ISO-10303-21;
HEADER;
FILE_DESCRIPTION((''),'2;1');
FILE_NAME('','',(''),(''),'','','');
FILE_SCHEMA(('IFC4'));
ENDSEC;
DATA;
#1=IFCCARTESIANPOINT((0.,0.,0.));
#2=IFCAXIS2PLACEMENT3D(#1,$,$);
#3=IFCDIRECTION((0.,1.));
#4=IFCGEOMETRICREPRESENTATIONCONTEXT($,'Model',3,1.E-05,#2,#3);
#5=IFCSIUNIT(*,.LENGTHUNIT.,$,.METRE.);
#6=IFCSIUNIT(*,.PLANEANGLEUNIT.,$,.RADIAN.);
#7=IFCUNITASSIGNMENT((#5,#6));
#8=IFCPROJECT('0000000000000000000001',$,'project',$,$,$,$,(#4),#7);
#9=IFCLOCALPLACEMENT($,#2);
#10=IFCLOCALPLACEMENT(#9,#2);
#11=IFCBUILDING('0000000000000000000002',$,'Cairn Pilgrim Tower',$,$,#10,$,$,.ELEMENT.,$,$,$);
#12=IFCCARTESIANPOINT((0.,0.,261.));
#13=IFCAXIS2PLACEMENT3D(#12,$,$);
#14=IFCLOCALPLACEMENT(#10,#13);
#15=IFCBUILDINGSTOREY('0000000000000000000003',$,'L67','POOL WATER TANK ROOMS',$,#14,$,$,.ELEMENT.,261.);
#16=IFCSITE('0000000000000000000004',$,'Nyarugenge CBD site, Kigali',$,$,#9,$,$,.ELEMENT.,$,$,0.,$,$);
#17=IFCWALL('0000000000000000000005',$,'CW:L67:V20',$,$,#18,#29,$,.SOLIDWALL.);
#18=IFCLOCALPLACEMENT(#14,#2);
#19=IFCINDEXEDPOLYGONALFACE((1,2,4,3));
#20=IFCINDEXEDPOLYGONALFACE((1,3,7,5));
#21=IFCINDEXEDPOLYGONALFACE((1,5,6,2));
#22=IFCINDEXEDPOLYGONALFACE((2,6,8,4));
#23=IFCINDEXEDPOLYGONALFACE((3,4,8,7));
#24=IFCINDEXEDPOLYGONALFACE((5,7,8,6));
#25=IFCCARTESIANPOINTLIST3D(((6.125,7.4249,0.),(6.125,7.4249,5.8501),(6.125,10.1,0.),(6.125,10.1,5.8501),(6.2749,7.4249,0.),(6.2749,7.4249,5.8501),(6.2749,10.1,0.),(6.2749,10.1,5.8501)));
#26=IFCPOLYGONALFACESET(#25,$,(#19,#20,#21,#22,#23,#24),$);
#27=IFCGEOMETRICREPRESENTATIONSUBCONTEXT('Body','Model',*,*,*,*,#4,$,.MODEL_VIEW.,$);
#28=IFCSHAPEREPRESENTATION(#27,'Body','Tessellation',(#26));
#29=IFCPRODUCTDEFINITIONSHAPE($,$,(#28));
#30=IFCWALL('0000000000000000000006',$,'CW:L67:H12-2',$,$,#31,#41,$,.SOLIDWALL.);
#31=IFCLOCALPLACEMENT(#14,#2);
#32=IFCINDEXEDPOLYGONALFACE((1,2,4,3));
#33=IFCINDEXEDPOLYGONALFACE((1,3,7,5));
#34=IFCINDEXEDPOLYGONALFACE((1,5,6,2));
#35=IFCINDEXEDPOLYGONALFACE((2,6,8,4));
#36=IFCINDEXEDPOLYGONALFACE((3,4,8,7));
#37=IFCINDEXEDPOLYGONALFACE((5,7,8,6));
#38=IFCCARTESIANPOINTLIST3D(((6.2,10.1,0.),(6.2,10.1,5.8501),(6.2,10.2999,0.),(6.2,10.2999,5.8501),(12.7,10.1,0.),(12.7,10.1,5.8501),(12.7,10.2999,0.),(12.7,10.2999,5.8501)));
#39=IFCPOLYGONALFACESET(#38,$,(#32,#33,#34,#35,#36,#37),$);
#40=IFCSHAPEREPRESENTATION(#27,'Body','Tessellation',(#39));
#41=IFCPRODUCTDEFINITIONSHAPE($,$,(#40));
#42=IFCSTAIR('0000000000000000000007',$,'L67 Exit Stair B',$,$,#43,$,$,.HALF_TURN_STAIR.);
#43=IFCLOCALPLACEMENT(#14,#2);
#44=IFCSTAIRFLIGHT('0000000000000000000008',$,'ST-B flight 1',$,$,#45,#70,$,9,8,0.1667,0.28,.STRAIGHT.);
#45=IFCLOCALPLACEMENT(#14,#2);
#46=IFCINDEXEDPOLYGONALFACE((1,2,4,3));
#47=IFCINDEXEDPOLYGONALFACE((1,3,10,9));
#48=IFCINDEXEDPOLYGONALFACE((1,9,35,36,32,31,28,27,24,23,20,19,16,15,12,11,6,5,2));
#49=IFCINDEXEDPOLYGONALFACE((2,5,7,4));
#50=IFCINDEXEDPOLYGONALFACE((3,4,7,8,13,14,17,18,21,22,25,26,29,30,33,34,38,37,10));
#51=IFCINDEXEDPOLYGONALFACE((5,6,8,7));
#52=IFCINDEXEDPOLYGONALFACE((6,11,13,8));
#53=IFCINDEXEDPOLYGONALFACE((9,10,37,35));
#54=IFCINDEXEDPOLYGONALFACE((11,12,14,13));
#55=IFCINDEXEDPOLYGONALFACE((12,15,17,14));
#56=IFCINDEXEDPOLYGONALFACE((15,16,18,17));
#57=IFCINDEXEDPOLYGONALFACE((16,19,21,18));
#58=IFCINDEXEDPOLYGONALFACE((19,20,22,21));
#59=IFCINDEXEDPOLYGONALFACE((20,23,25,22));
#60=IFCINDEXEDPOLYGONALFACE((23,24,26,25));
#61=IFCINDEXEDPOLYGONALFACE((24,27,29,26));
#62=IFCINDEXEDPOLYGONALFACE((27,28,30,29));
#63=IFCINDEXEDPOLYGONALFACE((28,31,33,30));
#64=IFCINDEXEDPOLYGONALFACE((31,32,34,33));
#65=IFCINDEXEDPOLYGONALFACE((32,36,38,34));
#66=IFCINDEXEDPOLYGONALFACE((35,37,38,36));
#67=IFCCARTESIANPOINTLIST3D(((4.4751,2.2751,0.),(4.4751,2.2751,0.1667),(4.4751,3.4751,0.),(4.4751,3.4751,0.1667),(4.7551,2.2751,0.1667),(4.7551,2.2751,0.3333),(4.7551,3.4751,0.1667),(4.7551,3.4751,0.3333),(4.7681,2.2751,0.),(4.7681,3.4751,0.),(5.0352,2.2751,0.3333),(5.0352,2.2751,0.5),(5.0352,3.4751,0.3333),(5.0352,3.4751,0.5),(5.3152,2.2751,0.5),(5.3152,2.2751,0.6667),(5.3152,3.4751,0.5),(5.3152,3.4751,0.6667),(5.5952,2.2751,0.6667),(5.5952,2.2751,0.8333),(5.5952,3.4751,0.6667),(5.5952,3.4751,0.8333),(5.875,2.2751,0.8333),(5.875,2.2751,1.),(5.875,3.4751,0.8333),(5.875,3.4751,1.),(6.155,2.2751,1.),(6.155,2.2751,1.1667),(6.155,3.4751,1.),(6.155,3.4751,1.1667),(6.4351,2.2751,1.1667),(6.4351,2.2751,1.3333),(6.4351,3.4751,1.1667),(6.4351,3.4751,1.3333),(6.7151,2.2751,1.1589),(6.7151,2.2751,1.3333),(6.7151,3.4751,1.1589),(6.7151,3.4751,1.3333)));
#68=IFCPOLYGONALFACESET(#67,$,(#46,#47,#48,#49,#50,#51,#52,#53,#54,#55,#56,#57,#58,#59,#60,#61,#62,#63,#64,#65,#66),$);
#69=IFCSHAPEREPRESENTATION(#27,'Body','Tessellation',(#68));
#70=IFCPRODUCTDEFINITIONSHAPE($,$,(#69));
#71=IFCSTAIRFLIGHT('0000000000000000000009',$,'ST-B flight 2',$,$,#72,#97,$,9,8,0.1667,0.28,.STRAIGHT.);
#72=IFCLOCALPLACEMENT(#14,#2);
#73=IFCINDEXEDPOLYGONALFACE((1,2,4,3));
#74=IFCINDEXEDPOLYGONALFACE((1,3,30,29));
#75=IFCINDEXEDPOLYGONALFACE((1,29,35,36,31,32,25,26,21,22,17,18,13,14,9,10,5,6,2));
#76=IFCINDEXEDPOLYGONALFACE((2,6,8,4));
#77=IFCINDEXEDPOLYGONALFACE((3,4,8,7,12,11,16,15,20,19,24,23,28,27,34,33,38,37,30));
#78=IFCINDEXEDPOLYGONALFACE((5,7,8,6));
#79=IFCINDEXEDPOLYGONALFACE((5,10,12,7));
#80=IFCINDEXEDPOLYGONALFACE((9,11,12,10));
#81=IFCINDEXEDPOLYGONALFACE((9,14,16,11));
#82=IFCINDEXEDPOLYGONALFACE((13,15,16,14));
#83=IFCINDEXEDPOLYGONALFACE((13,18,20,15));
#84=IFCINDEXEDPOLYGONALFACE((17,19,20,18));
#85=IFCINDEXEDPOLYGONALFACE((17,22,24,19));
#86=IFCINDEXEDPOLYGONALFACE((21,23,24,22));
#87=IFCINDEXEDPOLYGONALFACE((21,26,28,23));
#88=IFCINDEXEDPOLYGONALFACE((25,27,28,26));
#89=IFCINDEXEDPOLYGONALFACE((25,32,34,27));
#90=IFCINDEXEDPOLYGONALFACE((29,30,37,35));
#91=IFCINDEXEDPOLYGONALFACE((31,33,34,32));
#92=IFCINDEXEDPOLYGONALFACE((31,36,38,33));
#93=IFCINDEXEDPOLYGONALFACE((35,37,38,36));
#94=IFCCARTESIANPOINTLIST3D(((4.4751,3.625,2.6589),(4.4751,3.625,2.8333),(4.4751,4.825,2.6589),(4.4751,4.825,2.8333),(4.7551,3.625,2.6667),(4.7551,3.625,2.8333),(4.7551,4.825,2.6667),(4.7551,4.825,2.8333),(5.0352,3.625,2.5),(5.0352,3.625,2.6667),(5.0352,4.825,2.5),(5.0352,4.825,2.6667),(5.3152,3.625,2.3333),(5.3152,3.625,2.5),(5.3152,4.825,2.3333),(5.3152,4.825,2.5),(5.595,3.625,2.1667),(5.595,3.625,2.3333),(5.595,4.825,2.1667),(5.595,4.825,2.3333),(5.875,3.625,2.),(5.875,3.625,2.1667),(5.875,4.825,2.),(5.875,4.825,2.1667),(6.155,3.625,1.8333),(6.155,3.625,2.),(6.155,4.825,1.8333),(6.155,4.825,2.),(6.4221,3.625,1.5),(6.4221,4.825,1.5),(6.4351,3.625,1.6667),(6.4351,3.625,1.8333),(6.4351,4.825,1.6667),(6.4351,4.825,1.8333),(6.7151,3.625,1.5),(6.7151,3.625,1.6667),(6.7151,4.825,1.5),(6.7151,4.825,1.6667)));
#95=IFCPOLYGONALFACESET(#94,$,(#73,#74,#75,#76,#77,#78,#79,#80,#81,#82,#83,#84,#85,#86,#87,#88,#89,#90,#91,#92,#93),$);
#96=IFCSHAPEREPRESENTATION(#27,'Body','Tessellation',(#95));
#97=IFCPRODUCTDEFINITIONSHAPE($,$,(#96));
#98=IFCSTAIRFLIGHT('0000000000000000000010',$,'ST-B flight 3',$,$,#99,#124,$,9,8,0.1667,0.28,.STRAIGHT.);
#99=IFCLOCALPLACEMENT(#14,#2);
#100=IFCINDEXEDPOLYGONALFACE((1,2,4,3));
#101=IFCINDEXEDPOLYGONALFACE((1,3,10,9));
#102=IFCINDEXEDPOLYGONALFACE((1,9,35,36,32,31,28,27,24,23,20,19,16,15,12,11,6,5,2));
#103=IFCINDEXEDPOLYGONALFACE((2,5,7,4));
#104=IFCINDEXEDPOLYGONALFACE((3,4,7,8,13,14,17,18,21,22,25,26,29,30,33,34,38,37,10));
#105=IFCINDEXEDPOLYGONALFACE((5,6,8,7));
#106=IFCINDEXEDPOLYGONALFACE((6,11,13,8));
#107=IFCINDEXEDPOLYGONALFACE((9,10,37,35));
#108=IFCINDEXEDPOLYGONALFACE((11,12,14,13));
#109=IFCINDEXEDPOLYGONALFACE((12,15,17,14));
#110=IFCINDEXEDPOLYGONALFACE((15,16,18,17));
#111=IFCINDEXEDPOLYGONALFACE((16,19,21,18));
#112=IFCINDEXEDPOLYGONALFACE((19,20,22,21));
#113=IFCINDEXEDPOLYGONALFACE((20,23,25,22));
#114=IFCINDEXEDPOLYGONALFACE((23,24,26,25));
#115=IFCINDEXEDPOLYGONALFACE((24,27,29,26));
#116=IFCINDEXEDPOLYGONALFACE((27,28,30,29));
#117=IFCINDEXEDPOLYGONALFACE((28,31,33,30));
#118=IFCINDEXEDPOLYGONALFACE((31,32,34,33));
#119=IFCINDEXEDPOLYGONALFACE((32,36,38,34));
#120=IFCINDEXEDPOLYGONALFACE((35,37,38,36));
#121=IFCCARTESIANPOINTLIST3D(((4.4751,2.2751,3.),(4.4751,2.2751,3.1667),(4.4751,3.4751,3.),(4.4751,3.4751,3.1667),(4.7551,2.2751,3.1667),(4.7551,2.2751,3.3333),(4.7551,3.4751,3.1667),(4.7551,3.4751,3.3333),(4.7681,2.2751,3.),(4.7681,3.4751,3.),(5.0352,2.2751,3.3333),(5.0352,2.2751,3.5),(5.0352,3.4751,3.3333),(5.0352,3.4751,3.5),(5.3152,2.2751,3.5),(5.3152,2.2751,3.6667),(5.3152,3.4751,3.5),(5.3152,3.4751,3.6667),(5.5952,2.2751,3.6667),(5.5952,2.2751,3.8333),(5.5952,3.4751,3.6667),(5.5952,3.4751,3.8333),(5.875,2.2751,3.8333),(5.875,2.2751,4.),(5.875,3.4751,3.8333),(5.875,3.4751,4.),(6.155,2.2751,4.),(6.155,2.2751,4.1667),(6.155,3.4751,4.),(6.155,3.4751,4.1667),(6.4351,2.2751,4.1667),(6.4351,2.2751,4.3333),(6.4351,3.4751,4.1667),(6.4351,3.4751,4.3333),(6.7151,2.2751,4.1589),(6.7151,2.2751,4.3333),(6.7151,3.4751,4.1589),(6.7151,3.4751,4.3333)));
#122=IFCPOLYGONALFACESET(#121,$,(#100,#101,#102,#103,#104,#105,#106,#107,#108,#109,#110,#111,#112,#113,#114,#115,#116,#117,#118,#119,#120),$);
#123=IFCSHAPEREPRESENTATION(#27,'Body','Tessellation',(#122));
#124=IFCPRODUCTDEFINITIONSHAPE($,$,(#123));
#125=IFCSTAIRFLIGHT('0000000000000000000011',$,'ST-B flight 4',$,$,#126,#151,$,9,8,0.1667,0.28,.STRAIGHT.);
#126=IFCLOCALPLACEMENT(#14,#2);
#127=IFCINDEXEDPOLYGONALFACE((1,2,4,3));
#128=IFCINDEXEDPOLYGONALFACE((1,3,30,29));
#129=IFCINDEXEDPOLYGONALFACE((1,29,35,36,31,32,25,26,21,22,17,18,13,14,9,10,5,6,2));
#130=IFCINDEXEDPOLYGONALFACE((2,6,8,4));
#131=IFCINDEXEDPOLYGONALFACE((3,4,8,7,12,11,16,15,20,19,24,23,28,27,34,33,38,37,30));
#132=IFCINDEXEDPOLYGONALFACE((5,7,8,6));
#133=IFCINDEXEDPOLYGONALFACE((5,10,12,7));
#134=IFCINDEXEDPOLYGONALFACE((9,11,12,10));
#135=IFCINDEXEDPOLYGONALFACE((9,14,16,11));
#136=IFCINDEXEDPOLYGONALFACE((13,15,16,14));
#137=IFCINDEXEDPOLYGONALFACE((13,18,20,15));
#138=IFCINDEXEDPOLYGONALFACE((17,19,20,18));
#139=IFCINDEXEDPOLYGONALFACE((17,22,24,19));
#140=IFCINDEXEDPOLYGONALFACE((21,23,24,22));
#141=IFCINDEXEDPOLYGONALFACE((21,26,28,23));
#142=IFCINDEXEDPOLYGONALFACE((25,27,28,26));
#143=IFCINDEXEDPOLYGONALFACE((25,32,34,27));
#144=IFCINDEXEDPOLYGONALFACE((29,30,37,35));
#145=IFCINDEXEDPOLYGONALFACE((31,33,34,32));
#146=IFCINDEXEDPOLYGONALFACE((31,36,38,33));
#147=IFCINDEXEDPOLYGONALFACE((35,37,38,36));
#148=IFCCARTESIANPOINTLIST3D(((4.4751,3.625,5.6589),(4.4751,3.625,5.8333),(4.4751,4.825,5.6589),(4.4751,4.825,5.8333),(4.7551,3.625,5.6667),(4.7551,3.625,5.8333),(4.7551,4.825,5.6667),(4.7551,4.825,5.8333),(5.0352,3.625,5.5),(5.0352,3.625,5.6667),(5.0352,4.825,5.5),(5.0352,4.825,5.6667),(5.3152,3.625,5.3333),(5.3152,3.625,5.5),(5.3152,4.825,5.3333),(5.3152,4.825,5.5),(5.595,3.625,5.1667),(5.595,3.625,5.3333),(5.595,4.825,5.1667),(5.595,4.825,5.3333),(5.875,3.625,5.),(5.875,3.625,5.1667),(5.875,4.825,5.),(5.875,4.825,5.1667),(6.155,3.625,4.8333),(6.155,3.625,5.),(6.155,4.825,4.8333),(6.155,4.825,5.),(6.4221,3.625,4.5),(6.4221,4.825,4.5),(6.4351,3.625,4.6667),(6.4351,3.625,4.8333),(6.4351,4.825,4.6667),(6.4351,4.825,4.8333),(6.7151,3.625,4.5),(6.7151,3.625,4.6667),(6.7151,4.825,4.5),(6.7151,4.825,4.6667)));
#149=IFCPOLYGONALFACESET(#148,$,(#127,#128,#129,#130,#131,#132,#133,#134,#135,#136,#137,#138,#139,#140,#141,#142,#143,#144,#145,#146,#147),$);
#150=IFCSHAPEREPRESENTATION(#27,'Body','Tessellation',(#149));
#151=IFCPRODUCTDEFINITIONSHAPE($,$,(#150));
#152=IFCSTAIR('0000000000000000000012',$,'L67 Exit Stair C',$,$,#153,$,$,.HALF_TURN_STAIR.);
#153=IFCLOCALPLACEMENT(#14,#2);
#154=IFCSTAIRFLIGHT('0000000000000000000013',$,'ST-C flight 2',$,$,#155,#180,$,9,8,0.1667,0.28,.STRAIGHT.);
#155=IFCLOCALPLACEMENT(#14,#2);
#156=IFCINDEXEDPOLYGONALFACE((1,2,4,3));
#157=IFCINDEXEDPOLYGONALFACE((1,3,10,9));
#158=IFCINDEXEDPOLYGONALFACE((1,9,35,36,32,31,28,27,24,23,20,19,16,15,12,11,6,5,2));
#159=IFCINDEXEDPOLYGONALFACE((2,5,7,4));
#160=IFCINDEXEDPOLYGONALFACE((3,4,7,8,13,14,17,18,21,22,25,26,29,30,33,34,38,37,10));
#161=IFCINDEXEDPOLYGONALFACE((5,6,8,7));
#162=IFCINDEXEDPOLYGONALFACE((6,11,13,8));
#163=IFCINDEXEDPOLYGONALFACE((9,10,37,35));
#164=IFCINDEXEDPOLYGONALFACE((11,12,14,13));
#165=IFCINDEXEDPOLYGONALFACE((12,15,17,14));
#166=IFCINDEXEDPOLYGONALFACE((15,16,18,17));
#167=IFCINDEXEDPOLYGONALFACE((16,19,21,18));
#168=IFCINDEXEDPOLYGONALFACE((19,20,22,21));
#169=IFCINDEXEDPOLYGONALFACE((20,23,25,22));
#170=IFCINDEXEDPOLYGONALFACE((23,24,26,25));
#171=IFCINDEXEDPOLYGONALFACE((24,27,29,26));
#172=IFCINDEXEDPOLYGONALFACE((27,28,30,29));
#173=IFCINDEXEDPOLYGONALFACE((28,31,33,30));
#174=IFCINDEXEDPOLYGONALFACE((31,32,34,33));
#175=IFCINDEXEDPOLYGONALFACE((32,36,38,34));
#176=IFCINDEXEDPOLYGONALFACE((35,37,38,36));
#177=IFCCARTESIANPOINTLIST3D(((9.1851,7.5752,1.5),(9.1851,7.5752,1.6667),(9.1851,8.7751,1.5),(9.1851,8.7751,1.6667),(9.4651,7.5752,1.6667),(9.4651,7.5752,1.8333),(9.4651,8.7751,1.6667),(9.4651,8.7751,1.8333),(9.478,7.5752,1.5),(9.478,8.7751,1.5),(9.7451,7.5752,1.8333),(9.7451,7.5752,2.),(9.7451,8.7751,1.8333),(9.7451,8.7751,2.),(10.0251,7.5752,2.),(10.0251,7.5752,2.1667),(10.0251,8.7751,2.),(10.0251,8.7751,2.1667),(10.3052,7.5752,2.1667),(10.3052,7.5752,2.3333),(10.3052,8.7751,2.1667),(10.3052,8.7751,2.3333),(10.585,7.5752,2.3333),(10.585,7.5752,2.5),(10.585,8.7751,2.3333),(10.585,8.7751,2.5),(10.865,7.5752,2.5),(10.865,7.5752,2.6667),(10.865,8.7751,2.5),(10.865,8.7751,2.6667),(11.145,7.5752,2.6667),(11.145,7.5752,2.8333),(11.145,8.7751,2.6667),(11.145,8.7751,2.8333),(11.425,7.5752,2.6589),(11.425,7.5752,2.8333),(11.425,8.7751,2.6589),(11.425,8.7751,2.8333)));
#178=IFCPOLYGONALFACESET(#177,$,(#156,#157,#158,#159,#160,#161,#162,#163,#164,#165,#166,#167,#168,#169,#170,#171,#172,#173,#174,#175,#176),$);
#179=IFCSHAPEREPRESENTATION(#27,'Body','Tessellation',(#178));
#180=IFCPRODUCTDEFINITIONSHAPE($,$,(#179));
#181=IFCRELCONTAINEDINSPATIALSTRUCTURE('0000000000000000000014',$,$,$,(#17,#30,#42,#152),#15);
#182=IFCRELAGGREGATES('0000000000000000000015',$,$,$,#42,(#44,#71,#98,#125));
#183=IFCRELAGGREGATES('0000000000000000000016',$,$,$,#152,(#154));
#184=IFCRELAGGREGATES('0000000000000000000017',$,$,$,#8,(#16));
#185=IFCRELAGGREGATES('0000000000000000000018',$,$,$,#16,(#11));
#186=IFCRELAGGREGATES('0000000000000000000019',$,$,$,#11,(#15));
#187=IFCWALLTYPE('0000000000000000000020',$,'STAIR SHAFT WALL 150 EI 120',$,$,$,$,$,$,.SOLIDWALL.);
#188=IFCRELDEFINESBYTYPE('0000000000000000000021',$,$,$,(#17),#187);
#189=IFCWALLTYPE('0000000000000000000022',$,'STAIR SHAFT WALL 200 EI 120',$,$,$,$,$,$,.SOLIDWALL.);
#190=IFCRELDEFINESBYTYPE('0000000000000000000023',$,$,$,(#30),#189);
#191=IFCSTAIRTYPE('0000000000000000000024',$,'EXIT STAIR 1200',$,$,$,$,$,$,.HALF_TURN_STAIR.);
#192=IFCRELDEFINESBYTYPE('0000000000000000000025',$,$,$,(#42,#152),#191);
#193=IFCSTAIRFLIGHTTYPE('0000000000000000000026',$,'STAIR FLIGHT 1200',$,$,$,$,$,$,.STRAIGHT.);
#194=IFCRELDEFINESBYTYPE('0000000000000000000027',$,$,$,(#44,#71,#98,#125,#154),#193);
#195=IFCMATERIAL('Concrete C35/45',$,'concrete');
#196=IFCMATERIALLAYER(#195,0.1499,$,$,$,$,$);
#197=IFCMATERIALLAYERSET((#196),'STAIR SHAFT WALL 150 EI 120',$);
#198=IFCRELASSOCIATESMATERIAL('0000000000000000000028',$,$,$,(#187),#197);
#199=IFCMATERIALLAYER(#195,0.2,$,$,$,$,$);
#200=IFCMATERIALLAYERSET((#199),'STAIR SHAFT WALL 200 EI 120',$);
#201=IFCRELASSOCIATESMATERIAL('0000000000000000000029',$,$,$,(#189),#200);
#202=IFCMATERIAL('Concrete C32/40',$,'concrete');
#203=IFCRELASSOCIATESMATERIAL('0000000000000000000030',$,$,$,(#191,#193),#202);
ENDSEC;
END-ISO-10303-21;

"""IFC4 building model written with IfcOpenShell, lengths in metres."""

from ifc_helpers import new_model, si_unit, direction, frame, frame_2d, origin, place, context, subcontext, project, spatial, polyline, rectangle, outline, extrude, material, layer, layer_set, type_object, element, aggregate, save


model = new_model("IFC4")

# Units and contexts
model_context = context("Model", 3, precision=1e-05, world=origin(), true_north=direction((0.0, 1.0)))
body_context = subcontext(model_context, "Body", "Model", "MODEL_VIEW")
ifc_project = project(units=[si_unit("LENGTHUNIT", "METRE"), si_unit("PLANEANGLEUNIT", "RADIAN")], contexts=[model_context])

# Site, building, storey
site_placement = place(None, origin())
site = spatial("IfcSite", under=ifc_project, at=site_placement, Name="Nyarugenge CBD site, Kigali", CompositionType="ELEMENT", RefElevation=0.0)
building_placement = place(site_placement, origin())
building = spatial("IfcBuilding", under=site, at=building_placement, Name="Cairn Pilgrim Tower", CompositionType="ELEMENT")
storey_placement = place(building_placement, frame((0.0, 0.0, 261.0)))
storey = spatial("IfcBuildingStorey", under=building, at=storey_placement, Name="L67", Description="POOL WATER TANK ROOMS", CompositionType="ELEMENT", Elevation=261.0)

# Shared definitions
ifc_material_1 = material(Name="Concrete C35/45", Category="concrete")
ifc_layer_1 = layer(ifc_material_1, 0.1499)
ifc_layer_set_1 = layer_set([ifc_layer_1], Name="STAIR SHAFT WALL 150 EI 120")
wall_type_1 = type_object("IfcWallType", Name="STAIR SHAFT WALL 150 EI 120", PredefinedType="SOLIDWALL", material=ifc_layer_set_1)

# Walls
wall_1_placement = place(storey_placement, frame((6.2, 7.425, 0.0), z_axis=(0.0, 0.0, 1.0), x_axis=(0.0, 1.0, 0.0)))
element("IfcWall", 1, at=wall_1_placement, inside=storey, type_object=wall_type_1, Name="CW:L67:V20", PredefinedType="SOLIDWALL", context=body_context, shape_type="SweptSolid", body=[
    extrude(rectangle(XDim=2.675, YDim=0.1499, at=frame_2d((1.3374, 0.0))), origin(), (0.0, 0.0, 1.0), 5.8501),
])
ifc_layer_2 = layer(ifc_material_1, 0.2)
ifc_layer_set_2 = layer_set([ifc_layer_2], Name="STAIR SHAFT WALL 200 EI 120")
wall_type_2 = type_object("IfcWallType", Name="STAIR SHAFT WALL 200 EI 120", PredefinedType="SOLIDWALL", material=ifc_layer_set_2)
wall_2_placement = place(storey_placement, frame((6.2, 10.2, 0.0), z_axis=(0.0, 0.0, 1.0), x_axis=(1.0, 0.0, 0.0)))
element("IfcWall", 2, at=wall_2_placement, inside=storey, type_object=wall_type_2, Name="CW:L67:H12-2", PredefinedType="SOLIDWALL", context=body_context, shape_type="SweptSolid", body=[
    extrude(rectangle(XDim=6.5, YDim=0.2, at=frame_2d((3.25, 0.0))), origin(), (0.0, 0.0, 1.0), 5.8501),
])

# Stair, stair flights
ifc_material_2 = material(Name="Concrete C32/40", Category="concrete")
stair_type = type_object("IfcStairType", Name="EXIT STAIR 1200", PredefinedType="HALF_TURN_STAIR", material=ifc_material_2)
stair_1_placement = place(storey_placement, origin())
stair_1 = element("IfcStair", 3, at=stair_1_placement, inside=storey, type_object=stair_type, Name="L67 Exit Stair B", PredefinedType="HALF_TURN_STAIR")
stair_flight_type = type_object("IfcStairFlightType", Name="STAIR FLIGHT 1200", PredefinedType="STRAIGHT", material=ifc_material_2)
stair_flight_1_placement = place(storey_placement, frame((4.4751, 2.875, 0.0), z_axis=(0.0, 0.0, 1.0), x_axis=(1.0, 0.0, 0.0)))
stair_flight_1 = element("IfcStairFlight", 4, at=stair_flight_1_placement, type_object=stair_flight_type, Name="ST-B flight 1", NumberOfRisers=9, NumberOfTreads=8, PredefinedType="STRAIGHT", RiserHeight=0.1667, TreadLength=0.28, context=body_context, shape_type="SweptSolid", body=[
    extrude(outline(polyline([(0.0, 0.0), (0.0, 0.1667), (0.28, 0.1667), (0.28, 0.3333), (0.5601, 0.3333), (0.5601, 0.5), (0.8401, 0.5), (0.8401, 0.6667), (1.1201, 0.6667), (1.1201, 0.8333), (1.3999, 0.8333), (1.3999, 1.0), (1.6799, 1.0), (1.6799, 1.1667), (1.96, 1.1667), (1.96, 1.3333), (2.24, 1.3333), (2.24, 1.5), (2.24, 1.1589), (0.293, 0.0), (0.0, 0.0)])), frame((0.0, 0.6001, 0.0), z_axis=(0.0, -1.0, 0.0), x_axis=(1.0, 0.0, 0.0)), (0.0, 0.0, 1.0), 1.2),
])
stair_flight_2_placement = place(storey_placement, frame((6.7151, 4.2251, 1.5), z_axis=(0.0, 0.0, 1.0), x_axis=(-1.0, 0.0, 0.0)))
stair_flight_2 = element("IfcStairFlight", 5, at=stair_flight_2_placement, type_object=stair_flight_type, Name="ST-B flight 2", NumberOfRisers=9, NumberOfTreads=8, PredefinedType="STRAIGHT", RiserHeight=0.1667, TreadLength=0.28, context=body_context, shape_type="SweptSolid", body=[
    extrude(outline(polyline([(0.0, 0.0), (0.0, 0.1667), (0.28, 0.1667), (0.28, 0.3333), (0.5601, 0.3333), (0.5601, 0.5), (0.8401, 0.5), (0.8401, 0.6667), (1.1201, 0.6667), (1.1201, 0.8333), (1.3999, 0.8333), (1.3999, 1.0), (1.6799, 1.0), (1.6799, 1.1667), (1.96, 1.1667), (1.96, 1.3333), (2.24, 1.3333), (2.24, 1.5), (2.24, 1.1589), (0.293, 0.0), (0.0, 0.0)])), frame((0.0, 0.6001, 0.0), z_axis=(0.0, -1.0, 0.0), x_axis=(1.0, 0.0, 0.0)), (0.0, 0.0, 1.0), 1.2),
])
stair_flight_3_placement = place(storey_placement, frame((4.4751, 2.875, 3.0), z_axis=(0.0, 0.0, 1.0), x_axis=(1.0, 0.0, 0.0)))
stair_flight_3 = element("IfcStairFlight", 6, at=stair_flight_3_placement, type_object=stair_flight_type, Name="ST-B flight 3", NumberOfRisers=9, NumberOfTreads=8, PredefinedType="STRAIGHT", RiserHeight=0.1667, TreadLength=0.28, context=body_context, shape_type="SweptSolid", body=[
    extrude(outline(polyline([(0.0, 0.0), (0.0, 0.1667), (0.28, 0.1667), (0.28, 0.3333), (0.5601, 0.3333), (0.5601, 0.5), (0.8401, 0.5), (0.8401, 0.6667), (1.1201, 0.6667), (1.1201, 0.8333), (1.3999, 0.8333), (1.3999, 1.0), (1.6799, 1.0), (1.6799, 1.1667), (1.96, 1.1667), (1.96, 1.3333), (2.24, 1.3333), (2.24, 1.5), (2.24, 1.1589), (0.293, 0.0), (0.0, 0.0)])), frame((0.0, 0.6001, 0.0), z_axis=(0.0, -1.0, 0.0), x_axis=(1.0, 0.0, 0.0)), (0.0, 0.0, 1.0), 1.2),
])
stair_flight_4_placement = place(storey_placement, frame((6.7151, 4.2251, 4.5), z_axis=(0.0, 0.0, 1.0), x_axis=(-1.0, 0.0, 0.0)))
stair_flight_4 = element("IfcStairFlight", 7, at=stair_flight_4_placement, type_object=stair_flight_type, Name="ST-B flight 4", NumberOfRisers=9, NumberOfTreads=8, PredefinedType="STRAIGHT", RiserHeight=0.1667, TreadLength=0.28, context=body_context, shape_type="SweptSolid", body=[
    extrude(outline(polyline([(0.0, 0.0), (0.0, 0.1667), (0.28, 0.1667), (0.28, 0.3333), (0.5601, 0.3333), (0.5601, 0.5), (0.8401, 0.5), (0.8401, 0.6667), (1.1201, 0.6667), (1.1201, 0.8333), (1.3999, 0.8333), (1.3999, 1.0), (1.6799, 1.0), (1.6799, 1.1667), (1.96, 1.1667), (1.96, 1.3333), (2.24, 1.3333), (2.24, 1.5), (2.24, 1.1589), (0.293, 0.0), (0.0, 0.0)])), frame((0.0, 0.6001, 0.0), z_axis=(0.0, -1.0, 0.0), x_axis=(1.0, 0.0, 0.0)), (0.0, 0.0, 1.0), 1.2),
])
aggregate(stair_1, [stair_flight_1, stair_flight_2, stair_flight_3, stair_flight_4])

# Stair, stair flight
stair_2_placement = place(storey_placement, origin())
stair_2 = element("IfcStair", 8, at=stair_2_placement, inside=storey, type_object=stair_type, Name="L67 Exit Stair C", PredefinedType="HALF_TURN_STAIR")
stair_flight_5_placement = place(storey_placement, frame((9.1851, 8.175, 1.5), z_axis=(0.0, 0.0, 1.0), x_axis=(1.0, 0.0, 0.0)))
stair_flight_5 = element("IfcStairFlight", 9, at=stair_flight_5_placement, type_object=stair_flight_type, Name="ST-C flight 2", NumberOfRisers=9, NumberOfTreads=8, PredefinedType="STRAIGHT", RiserHeight=0.1667, TreadLength=0.28, context=body_context, shape_type="SweptSolid", body=[
    extrude(outline(polyline([(0.0, 0.0), (0.0, 0.1667), (0.28, 0.1667), (0.28, 0.3333), (0.5601, 0.3333), (0.5601, 0.5), (0.8401, 0.5), (0.8401, 0.6667), (1.1201, 0.6667), (1.1201, 0.8333), (1.3999, 0.8333), (1.3999, 1.0), (1.6799, 1.0), (1.6799, 1.1667), (1.96, 1.1667), (1.96, 1.3333), (2.24, 1.3333), (2.24, 1.5), (2.24, 1.1589), (0.293, 0.0), (0.0, 0.0)])), frame((0.0, 0.6001, 0.0), z_axis=(0.0, -1.0, 0.0), x_axis=(1.0, 0.0, 0.0)), (0.0, 0.0, 1.0), 1.2),
])
aggregate(stair_2, [stair_flight_5])

save(model, "model.ifc")
